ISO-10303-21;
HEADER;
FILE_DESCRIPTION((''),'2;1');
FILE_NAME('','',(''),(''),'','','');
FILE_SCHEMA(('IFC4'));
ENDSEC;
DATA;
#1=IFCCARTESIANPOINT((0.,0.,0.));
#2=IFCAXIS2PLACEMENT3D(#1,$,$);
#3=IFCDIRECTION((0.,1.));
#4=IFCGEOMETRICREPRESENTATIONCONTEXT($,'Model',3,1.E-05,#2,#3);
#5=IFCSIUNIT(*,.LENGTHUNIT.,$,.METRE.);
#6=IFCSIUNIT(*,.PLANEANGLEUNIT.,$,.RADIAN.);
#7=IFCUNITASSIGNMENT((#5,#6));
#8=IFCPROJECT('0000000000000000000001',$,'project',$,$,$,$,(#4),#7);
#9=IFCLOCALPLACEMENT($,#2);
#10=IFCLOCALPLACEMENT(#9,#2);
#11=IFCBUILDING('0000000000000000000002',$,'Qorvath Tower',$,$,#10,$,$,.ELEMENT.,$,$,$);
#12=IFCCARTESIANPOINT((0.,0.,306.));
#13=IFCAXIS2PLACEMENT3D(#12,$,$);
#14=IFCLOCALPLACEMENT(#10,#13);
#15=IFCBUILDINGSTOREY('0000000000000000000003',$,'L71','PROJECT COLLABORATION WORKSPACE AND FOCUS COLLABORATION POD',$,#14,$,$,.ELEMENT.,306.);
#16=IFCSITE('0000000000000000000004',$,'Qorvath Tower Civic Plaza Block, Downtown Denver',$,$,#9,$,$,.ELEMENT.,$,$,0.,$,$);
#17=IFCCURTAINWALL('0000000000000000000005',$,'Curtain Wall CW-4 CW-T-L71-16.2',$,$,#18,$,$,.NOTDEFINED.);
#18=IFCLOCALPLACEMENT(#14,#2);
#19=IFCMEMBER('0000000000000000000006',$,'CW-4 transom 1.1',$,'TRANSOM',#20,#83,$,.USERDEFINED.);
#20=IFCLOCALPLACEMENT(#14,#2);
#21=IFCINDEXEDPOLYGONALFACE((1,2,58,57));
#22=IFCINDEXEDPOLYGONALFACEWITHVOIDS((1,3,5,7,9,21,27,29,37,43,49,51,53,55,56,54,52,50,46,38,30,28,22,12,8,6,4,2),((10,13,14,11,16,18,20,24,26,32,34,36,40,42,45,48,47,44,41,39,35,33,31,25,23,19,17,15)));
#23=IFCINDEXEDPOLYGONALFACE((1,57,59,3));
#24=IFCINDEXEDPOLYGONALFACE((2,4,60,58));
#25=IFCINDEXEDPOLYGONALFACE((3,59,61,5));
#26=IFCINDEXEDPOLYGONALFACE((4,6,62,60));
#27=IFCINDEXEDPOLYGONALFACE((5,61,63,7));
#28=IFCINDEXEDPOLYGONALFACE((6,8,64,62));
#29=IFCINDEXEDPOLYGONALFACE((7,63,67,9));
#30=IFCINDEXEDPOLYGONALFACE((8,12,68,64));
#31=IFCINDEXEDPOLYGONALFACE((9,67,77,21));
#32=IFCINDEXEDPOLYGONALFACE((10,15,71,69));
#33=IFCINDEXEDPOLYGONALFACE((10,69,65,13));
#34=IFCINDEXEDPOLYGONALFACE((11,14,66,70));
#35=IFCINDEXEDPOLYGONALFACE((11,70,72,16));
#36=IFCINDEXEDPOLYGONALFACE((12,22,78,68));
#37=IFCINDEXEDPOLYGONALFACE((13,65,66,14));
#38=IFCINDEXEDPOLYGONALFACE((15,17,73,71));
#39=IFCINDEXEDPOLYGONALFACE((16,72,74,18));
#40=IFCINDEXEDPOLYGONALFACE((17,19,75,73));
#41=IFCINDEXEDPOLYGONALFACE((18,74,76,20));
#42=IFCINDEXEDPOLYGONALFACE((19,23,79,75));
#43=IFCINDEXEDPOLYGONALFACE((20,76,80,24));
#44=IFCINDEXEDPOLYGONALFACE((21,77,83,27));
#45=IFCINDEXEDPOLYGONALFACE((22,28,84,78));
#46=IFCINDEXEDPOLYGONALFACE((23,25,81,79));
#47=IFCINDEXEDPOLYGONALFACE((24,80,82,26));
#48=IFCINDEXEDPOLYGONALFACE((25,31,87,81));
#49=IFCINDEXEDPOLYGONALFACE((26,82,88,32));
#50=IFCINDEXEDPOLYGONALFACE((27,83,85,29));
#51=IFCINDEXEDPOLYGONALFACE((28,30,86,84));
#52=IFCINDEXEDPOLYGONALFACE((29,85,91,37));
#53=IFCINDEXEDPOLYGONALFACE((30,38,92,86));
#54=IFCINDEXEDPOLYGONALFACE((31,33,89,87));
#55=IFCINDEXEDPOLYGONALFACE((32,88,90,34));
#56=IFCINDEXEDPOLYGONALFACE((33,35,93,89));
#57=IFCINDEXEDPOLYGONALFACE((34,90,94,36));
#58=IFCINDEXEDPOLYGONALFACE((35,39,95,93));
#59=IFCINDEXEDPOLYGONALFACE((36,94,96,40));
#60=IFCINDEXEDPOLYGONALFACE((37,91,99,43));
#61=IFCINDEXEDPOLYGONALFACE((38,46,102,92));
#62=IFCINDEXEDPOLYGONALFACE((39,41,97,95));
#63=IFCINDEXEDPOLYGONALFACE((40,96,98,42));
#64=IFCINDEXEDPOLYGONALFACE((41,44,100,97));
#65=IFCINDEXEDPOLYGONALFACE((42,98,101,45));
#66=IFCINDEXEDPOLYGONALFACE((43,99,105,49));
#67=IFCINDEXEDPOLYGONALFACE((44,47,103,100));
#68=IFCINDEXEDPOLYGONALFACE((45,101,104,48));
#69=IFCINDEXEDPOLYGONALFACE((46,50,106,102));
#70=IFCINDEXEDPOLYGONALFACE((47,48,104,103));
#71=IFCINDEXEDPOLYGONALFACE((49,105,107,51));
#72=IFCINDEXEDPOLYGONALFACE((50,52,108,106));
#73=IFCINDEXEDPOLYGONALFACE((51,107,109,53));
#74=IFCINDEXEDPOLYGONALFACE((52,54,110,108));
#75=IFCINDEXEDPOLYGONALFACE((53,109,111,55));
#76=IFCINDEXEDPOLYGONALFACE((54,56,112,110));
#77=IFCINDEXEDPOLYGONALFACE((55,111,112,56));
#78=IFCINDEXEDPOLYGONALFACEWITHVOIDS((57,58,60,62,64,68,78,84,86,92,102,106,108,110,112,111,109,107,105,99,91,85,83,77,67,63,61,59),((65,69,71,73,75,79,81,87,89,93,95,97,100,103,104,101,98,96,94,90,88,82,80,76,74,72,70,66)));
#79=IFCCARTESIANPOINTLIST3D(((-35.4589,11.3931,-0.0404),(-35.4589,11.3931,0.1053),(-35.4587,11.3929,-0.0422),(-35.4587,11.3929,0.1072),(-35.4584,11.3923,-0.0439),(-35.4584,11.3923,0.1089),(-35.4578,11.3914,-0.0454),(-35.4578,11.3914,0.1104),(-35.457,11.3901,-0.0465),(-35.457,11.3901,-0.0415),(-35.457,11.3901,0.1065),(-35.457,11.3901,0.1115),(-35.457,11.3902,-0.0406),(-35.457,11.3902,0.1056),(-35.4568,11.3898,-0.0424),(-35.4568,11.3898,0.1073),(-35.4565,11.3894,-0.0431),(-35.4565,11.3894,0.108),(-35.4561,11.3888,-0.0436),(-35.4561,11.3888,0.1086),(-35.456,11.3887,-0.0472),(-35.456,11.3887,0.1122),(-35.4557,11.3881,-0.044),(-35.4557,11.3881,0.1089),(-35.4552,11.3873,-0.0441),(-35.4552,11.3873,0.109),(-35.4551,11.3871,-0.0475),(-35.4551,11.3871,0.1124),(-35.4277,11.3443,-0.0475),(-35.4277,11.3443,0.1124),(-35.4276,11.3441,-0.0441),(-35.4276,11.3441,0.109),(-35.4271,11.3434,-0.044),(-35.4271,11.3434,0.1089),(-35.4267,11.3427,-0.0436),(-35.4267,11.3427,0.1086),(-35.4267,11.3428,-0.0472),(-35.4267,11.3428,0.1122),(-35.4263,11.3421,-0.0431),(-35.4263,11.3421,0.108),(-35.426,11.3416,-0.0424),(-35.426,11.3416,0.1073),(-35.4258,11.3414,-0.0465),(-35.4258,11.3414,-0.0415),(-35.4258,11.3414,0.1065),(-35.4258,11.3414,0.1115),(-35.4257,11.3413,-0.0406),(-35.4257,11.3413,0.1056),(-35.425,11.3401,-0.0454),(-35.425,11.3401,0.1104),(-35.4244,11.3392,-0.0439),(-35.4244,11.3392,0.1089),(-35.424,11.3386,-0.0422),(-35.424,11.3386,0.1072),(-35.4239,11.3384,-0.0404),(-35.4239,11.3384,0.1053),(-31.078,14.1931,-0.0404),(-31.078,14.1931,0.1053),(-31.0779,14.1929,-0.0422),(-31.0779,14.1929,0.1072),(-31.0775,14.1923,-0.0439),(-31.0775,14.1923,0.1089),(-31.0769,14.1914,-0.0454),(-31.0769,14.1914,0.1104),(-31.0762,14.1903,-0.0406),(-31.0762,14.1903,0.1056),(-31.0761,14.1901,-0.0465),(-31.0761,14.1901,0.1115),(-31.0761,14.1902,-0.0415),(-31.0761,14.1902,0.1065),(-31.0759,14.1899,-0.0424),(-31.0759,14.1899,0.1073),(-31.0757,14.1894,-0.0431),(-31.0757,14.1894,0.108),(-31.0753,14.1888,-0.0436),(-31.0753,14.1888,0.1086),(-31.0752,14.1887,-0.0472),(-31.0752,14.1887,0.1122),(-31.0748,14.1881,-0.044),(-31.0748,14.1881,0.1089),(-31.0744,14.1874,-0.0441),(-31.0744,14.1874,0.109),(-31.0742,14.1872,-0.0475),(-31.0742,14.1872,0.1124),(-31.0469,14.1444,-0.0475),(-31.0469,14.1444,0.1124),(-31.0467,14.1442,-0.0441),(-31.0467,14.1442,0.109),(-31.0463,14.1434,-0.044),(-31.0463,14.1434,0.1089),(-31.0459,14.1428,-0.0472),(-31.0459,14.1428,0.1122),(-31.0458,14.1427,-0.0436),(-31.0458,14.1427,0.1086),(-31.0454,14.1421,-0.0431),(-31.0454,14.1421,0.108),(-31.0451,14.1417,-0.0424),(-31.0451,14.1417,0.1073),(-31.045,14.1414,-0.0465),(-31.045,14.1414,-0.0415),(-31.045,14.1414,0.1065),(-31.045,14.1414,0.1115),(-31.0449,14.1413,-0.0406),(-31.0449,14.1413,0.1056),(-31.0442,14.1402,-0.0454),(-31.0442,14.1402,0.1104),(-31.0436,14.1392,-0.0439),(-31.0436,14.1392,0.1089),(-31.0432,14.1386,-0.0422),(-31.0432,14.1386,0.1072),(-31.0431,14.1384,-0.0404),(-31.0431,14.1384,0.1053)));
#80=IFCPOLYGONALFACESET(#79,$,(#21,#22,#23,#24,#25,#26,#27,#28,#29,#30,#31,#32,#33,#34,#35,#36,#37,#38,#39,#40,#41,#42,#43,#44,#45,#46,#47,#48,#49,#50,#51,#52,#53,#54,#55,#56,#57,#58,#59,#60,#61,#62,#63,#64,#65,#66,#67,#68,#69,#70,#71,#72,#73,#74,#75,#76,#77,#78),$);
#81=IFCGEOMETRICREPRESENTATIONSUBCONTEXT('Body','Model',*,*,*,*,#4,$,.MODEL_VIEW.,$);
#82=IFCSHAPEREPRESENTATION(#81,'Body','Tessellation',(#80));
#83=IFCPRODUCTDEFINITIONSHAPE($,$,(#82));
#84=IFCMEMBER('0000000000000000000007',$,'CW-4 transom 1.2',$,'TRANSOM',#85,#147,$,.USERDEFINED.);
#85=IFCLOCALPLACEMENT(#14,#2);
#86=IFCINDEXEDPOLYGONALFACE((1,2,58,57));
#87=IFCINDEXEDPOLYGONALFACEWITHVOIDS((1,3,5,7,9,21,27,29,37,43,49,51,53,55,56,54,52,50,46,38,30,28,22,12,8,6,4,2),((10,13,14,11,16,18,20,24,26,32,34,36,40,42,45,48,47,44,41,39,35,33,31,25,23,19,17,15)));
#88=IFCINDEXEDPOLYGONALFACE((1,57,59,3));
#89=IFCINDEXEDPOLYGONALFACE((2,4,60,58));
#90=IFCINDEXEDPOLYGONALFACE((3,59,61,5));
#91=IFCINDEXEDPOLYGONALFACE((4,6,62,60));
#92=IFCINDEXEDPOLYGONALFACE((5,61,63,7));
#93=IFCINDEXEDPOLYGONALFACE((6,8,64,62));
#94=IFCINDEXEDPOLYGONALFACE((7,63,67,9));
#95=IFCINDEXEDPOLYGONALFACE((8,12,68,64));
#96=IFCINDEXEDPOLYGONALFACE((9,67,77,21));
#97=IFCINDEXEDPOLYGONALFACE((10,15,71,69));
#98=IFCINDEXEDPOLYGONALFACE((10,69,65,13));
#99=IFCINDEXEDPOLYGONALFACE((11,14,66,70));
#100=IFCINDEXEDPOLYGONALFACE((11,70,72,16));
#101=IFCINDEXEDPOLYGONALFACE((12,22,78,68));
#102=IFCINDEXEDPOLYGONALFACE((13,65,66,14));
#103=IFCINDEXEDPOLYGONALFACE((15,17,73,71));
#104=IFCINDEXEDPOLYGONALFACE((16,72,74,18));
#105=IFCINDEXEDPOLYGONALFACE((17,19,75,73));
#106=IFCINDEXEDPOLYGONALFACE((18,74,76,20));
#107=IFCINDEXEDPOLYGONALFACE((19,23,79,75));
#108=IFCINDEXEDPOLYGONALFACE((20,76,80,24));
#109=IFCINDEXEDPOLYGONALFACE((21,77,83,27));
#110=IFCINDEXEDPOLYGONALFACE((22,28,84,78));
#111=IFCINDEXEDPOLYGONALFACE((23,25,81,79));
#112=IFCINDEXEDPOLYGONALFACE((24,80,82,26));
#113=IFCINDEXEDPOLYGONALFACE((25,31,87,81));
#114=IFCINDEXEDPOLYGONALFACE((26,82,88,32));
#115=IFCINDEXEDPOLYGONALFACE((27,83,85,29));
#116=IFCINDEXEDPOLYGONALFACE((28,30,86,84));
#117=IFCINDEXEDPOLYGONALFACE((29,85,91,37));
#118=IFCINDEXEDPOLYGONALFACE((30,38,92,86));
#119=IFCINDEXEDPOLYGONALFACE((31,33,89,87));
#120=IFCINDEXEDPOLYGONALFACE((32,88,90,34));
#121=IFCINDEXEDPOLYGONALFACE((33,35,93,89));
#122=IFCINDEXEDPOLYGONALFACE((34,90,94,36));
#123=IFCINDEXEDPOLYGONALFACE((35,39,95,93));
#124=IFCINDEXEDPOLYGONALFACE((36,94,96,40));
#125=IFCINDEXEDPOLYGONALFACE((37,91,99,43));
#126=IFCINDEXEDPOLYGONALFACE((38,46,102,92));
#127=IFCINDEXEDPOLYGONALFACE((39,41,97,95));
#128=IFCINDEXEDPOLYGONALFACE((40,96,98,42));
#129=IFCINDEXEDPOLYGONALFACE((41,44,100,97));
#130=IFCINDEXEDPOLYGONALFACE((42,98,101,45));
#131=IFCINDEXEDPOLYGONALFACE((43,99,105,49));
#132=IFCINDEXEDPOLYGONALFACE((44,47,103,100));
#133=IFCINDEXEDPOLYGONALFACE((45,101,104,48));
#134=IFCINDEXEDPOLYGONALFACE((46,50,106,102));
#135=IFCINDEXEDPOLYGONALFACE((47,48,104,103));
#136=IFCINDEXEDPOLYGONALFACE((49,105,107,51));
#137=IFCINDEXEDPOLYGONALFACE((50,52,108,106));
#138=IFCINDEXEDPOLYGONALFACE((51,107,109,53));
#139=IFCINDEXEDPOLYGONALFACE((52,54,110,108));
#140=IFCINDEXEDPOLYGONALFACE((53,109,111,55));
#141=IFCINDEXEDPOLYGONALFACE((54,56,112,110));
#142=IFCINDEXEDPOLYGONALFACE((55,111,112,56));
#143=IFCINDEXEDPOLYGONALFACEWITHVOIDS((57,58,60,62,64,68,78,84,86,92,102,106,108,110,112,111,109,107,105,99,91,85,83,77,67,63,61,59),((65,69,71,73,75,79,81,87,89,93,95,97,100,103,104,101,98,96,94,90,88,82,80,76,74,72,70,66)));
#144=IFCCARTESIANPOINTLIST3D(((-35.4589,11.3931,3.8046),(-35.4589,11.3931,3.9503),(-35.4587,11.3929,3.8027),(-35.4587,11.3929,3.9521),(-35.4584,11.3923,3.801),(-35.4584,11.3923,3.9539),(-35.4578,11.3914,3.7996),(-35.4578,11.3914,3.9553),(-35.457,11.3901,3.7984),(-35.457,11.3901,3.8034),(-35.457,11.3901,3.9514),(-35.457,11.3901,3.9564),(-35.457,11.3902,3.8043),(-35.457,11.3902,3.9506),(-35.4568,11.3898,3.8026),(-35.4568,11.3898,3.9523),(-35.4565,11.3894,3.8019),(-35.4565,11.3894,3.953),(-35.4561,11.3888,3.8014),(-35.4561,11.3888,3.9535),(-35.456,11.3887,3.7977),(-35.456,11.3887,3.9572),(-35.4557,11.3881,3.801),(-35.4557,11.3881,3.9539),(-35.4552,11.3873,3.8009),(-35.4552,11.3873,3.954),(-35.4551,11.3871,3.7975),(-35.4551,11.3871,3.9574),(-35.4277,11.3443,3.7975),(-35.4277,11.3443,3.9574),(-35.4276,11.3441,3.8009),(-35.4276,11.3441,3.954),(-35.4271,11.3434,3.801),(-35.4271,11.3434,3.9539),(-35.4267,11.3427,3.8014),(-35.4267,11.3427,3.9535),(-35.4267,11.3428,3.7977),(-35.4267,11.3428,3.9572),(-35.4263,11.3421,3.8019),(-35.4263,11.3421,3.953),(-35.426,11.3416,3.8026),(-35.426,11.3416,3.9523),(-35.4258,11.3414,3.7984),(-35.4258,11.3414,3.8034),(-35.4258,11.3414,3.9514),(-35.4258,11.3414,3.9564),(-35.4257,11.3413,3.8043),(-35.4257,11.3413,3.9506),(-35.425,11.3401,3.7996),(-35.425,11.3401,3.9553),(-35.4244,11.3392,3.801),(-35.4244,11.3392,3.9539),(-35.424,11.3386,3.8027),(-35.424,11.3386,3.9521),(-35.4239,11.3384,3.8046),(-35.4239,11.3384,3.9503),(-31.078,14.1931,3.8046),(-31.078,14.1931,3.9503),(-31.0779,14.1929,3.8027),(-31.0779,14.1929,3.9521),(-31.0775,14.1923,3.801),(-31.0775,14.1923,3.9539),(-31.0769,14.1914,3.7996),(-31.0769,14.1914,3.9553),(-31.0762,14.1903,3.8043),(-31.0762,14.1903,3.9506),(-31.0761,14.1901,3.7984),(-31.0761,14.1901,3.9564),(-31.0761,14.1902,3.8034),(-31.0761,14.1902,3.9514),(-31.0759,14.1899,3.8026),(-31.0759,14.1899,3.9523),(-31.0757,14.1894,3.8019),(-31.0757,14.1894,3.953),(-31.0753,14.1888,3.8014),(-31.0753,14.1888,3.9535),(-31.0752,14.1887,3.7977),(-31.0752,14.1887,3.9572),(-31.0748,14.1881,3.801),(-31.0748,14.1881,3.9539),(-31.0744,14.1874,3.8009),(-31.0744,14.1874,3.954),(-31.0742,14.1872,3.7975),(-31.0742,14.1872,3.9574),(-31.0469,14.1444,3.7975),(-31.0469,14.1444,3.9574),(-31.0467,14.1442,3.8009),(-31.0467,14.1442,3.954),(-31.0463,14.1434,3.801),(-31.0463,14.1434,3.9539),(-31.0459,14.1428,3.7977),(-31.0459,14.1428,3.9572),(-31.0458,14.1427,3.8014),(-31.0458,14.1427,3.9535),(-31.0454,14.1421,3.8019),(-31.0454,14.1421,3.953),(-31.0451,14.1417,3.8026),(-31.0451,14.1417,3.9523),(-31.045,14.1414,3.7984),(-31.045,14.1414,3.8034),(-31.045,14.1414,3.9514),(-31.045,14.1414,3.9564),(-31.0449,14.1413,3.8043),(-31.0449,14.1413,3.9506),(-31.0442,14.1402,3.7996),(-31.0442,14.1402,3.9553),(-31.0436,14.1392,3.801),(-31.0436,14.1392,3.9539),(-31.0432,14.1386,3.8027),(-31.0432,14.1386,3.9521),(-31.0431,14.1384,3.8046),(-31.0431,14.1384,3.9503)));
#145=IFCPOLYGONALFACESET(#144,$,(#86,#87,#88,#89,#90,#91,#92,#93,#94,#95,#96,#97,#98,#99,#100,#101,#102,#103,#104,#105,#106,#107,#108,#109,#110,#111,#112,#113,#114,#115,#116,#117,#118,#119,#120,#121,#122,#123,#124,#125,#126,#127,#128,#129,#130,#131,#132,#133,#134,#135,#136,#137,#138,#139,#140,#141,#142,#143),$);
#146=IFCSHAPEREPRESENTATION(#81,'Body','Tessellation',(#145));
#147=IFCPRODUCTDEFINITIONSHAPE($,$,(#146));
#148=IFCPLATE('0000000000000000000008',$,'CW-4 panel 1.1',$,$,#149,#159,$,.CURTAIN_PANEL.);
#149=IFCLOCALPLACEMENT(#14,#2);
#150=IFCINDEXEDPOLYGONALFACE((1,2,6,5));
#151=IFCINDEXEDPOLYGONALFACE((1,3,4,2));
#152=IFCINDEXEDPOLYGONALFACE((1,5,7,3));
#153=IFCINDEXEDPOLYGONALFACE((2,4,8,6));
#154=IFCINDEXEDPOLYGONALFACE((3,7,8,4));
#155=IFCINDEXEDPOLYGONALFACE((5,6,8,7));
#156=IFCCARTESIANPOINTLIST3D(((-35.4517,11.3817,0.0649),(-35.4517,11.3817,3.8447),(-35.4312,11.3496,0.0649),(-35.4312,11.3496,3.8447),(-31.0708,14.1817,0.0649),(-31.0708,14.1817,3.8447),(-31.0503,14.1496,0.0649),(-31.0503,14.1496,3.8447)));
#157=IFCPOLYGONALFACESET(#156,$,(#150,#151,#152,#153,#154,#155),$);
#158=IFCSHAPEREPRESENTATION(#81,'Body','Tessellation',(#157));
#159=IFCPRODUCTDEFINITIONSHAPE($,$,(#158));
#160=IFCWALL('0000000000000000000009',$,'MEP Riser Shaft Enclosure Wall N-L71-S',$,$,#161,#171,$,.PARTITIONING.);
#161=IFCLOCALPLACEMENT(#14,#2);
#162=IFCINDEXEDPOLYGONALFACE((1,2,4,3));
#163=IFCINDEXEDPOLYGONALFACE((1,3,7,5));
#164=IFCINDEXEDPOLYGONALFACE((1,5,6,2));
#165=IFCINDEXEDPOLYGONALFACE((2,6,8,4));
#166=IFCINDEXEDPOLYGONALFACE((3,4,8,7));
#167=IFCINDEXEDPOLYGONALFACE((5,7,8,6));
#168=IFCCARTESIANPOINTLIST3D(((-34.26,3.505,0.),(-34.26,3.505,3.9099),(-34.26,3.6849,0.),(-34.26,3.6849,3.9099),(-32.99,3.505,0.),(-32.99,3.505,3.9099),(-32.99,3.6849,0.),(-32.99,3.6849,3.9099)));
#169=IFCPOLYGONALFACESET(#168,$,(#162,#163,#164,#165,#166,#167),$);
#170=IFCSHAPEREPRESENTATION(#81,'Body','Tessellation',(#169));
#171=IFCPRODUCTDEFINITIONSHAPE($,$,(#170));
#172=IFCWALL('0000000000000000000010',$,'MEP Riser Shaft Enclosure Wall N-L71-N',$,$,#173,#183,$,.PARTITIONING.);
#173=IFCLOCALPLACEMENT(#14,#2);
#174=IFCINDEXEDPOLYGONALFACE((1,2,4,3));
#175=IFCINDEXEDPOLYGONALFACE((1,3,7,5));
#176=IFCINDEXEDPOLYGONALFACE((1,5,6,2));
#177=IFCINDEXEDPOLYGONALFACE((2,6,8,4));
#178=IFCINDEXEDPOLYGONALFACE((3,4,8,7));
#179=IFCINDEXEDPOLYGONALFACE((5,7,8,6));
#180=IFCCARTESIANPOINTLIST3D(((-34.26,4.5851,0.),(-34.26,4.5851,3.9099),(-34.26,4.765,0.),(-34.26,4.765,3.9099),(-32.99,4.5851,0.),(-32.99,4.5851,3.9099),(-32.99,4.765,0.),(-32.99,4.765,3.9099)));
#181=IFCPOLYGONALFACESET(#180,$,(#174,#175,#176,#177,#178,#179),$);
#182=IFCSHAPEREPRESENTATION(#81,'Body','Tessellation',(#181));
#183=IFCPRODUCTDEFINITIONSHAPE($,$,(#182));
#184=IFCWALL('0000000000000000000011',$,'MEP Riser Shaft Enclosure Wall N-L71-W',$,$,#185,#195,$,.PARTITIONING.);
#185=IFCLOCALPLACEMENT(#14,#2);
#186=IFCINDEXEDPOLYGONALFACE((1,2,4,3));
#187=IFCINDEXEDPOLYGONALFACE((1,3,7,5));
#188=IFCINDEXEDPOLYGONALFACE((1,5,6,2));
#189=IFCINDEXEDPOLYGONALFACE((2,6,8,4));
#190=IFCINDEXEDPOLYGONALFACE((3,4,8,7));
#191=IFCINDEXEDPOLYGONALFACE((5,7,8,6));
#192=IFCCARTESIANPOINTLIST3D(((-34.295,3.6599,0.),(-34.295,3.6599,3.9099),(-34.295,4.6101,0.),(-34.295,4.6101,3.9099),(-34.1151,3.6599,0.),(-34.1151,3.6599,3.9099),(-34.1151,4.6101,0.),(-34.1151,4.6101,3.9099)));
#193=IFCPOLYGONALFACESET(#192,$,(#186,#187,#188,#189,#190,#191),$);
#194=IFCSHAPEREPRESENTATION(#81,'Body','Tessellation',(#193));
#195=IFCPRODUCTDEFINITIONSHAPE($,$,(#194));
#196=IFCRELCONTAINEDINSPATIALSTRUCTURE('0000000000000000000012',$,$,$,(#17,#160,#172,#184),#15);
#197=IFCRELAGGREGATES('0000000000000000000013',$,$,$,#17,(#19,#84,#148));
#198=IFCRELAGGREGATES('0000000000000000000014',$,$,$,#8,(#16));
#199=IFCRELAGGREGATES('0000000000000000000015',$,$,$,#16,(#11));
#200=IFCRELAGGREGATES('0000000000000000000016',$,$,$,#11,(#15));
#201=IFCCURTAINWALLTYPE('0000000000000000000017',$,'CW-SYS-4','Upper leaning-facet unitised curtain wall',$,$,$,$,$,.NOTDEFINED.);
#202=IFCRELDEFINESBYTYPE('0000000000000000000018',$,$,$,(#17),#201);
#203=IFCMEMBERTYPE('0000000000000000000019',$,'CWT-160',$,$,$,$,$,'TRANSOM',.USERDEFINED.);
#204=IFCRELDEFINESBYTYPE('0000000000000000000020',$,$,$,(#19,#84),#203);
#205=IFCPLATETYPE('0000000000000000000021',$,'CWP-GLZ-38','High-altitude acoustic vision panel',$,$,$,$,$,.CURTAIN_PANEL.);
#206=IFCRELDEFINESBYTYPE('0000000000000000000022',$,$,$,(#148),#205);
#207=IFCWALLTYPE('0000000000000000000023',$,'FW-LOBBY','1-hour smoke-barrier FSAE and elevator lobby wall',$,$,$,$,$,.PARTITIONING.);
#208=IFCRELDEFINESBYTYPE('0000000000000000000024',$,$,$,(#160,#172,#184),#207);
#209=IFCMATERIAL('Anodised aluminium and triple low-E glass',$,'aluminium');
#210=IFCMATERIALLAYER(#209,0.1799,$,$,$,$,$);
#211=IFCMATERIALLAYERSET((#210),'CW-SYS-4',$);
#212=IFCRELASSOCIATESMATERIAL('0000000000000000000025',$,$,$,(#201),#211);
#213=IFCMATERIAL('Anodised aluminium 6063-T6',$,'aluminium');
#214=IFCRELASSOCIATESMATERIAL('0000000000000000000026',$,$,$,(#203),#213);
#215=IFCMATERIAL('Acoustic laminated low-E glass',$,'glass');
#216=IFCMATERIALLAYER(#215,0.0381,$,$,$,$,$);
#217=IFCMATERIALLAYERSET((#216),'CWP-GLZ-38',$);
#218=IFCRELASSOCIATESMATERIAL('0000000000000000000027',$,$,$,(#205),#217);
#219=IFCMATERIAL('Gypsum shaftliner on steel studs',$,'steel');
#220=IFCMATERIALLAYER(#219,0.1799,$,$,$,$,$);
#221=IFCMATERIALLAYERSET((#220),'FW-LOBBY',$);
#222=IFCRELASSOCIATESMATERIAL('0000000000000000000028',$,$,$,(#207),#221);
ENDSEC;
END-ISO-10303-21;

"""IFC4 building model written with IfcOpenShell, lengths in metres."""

from ifc_helpers import new_model, si_unit, direction, frame, frame_2d, origin, origin_2d, place, context, subcontext, project, spatial, rectangle, hollow_rectangle, extrude, material, layer, layer_set, material_profile, profile_set, type_object, element, aggregate, save


model = new_model("IFC4")

# Units and contexts
model_context = context("Model", 3, precision=1e-05, world=origin(), true_north=direction((0.0, 1.0)))
body_context = subcontext(model_context, "Body", "Model", "MODEL_VIEW")
ifc_project = project(units=[si_unit("LENGTHUNIT", "METRE"), si_unit("PLANEANGLEUNIT", "RADIAN")], contexts=[model_context])

# Site, building, storey
site_placement = place(None, origin())
site = spatial("IfcSite", under=ifc_project, at=site_placement, Name="Qorvath Tower Civic Plaza Block, Downtown Denver", CompositionType="ELEMENT", RefElevation=0.0)
building_placement = place(site_placement, origin())
building = spatial("IfcBuilding", under=site, at=building_placement, Name="Qorvath Tower", CompositionType="ELEMENT")
storey_placement = place(building_placement, frame((0.0, 0.0, 306.0)))
storey = spatial("IfcBuildingStorey", under=building, at=storey_placement, Name="L71", Description="PROJECT COLLABORATION WORKSPACE AND FOCUS COLLABORATION POD", CompositionType="ELEMENT", Elevation=306.0)

# Curtain wall, members, plate
ifc_material_1 = material(Name="Anodised aluminium and triple low-E glass", Category="aluminium")
ifc_layer_1 = layer(ifc_material_1, 0.1799)
ifc_layer_set_1 = layer_set([ifc_layer_1], Name="CW-SYS-4")
curtain_wall_type = type_object("IfcCurtainWallType", Name="CW-SYS-4", Description="Upper leaning-facet unitised curtain wall", PredefinedType="NOTDEFINED", material=ifc_layer_set_1)
curtain_wall_placement = place(storey_placement, origin())
curtain_wall = element("IfcCurtainWall", 1, at=curtain_wall_placement, inside=storey, type_object=curtain_wall_type, Name="Curtain Wall CW-4 CW-T-L71-16.2", PredefinedType="NOTDEFINED")
ifc_material_2 = material(Name="Anodised aluminium 6063-T6", Category="aluminium")
ifc_material_profile_1 = material_profile(ifc_material_2, hollow_rectangle(XDim=0.0649, YDim=0.1599, WallThickness=0.0034, InnerFilletRadius=0.0034, OuterFilletRadius=0.0071, at=origin_2d()), Name="CWT 160x65")
ifc_profile_set_1 = profile_set([ifc_material_profile_1], Name="Anodised aluminium 6063-T6")
member_type_1 = type_object("IfcMemberType", Name="CWT-160", ElementType="TRANSOM", PredefinedType="USERDEFINED", material=ifc_profile_set_1)
member_1_placement = place(storey_placement, frame((-31.0605, 14.1658, 0.0325), z_axis=(-0.842594, -0.538549, 0.0), x_axis=(0.538549, -0.842594, 0.0)))
member_1 = element("IfcMember", 2, at=member_1_placement, type_object=member_type_1, Name="CW-4 transom 1.1", ObjectType="TRANSOM", PredefinedType="USERDEFINED", context=body_context, shape_type="SweptSolid", body=[
    extrude(hollow_rectangle(XDim=0.0649, YDim=0.1599, WallThickness=0.0034, InnerFilletRadius=0.0034, OuterFilletRadius=0.0071, at=origin_2d()), origin(), (0.0, 0.0, 1.0), 5.1992),
])
member_2_placement = place(storey_placement, frame((-31.0605, 14.1658, 3.8774), z_axis=(-0.842594, -0.538549, 0.0), x_axis=(0.538549, -0.842594, 0.0)))
member_2 = element("IfcMember", 3, at=member_2_placement, type_object=member_type_1, Name="CW-4 transom 1.2", ObjectType="TRANSOM", PredefinedType="USERDEFINED", context=body_context, shape_type="SweptSolid", body=[
    extrude(hollow_rectangle(XDim=0.0649, YDim=0.1599, WallThickness=0.0034, InnerFilletRadius=0.0034, OuterFilletRadius=0.0071, at=origin_2d()), origin(), (0.0, 0.0, 1.0), 5.1992),
])
ifc_material_3 = material(Name="Acoustic laminated low-E glass", Category="glass")
ifc_layer_2 = layer(ifc_material_3, 0.0381)
ifc_layer_set_2 = layer_set([ifc_layer_2], Name="CWP-GLZ-38")
plate_type = type_object("IfcPlateType", Name="CWP-GLZ-38", Description="High-altitude acoustic vision panel", PredefinedType="CURTAIN_PANEL", material=ifc_layer_set_2)
plate_placement = place(storey_placement, frame((-33.251, 12.7656, 0.0649), z_axis=(0.0, 0.0, 1.0), x_axis=(-0.842602, -0.538537, 0.0)))
plate = element("IfcPlate", 4, at=plate_placement, type_object=plate_type, Name="CW-4 panel 1.1", PredefinedType="CURTAIN_PANEL", context=body_context, shape_type="SweptSolid", body=[
    extrude(rectangle(XDim=5.1992, YDim=0.0381, at=origin_2d()), origin(), (0.0, 0.0, 1.0), 3.7798),
])
aggregate(curtain_wall, [member_1, member_2, plate])

# Walls
ifc_material_4 = material(Name="Gypsum shaftliner on steel studs", Category="steel")
ifc_layer_3 = layer(ifc_material_4, 0.1799)
ifc_layer_set_3 = layer_set([ifc_layer_3], Name="FW-LOBBY")
wall_type_1 = type_object("IfcWallType", Name="FW-LOBBY", Description="1-hour smoke-barrier FSAE and elevator lobby wall", PredefinedType="PARTITIONING", material=ifc_layer_set_3)
for number, where, z_axis, x_axis, name in (
    (5, (-32.99, 3.595, 0.0), (0.0, 0.0, 1.0), (-1.0, 0.0, 0.0), "MEP Riser Shaft Enclosure Wall N-L71-S"),
    (6, (-34.26, 4.675, 0.0), (0.0, 0.0, 1.0), (1.0, 0.0, 0.0), "MEP Riser Shaft Enclosure Wall N-L71-N"),
):
    element("IfcWall", number, at=place(storey_placement, frame(where, z_axis=z_axis, x_axis=x_axis)), inside=storey, type_object=wall_type_1, Name=name, PredefinedType="PARTITIONING", context=body_context, shape_type="SweptSolid", body=[
        extrude(rectangle(XDim=1.27, YDim=0.1799, at=frame_2d((0.635, 0.0))), origin(), (0.0, 0.0, 1.0), 3.9099),
    ])
for number, where, z_axis, x_axis, name in (
    (7, (-34.2051, 3.6599, 0.0), (0.0, 0.0, 1.0), (0.0, 1.0, 0.0), "MEP Riser Shaft Enclosure Wall N-L71-W"),
):
    element("IfcWall", number, at=place(storey_placement, frame(where, z_axis=z_axis, x_axis=x_axis)), inside=storey, type_object=wall_type_1, Name=name, PredefinedType="PARTITIONING", context=body_context, shape_type="SweptSolid", body=[
        extrude(rectangle(XDim=0.9502, YDim=0.1799, at=frame_2d((0.4751, 0.0))), origin(), (0.0, 0.0, 1.0), 3.9099),
    ])

save(model, "model.ifc")
